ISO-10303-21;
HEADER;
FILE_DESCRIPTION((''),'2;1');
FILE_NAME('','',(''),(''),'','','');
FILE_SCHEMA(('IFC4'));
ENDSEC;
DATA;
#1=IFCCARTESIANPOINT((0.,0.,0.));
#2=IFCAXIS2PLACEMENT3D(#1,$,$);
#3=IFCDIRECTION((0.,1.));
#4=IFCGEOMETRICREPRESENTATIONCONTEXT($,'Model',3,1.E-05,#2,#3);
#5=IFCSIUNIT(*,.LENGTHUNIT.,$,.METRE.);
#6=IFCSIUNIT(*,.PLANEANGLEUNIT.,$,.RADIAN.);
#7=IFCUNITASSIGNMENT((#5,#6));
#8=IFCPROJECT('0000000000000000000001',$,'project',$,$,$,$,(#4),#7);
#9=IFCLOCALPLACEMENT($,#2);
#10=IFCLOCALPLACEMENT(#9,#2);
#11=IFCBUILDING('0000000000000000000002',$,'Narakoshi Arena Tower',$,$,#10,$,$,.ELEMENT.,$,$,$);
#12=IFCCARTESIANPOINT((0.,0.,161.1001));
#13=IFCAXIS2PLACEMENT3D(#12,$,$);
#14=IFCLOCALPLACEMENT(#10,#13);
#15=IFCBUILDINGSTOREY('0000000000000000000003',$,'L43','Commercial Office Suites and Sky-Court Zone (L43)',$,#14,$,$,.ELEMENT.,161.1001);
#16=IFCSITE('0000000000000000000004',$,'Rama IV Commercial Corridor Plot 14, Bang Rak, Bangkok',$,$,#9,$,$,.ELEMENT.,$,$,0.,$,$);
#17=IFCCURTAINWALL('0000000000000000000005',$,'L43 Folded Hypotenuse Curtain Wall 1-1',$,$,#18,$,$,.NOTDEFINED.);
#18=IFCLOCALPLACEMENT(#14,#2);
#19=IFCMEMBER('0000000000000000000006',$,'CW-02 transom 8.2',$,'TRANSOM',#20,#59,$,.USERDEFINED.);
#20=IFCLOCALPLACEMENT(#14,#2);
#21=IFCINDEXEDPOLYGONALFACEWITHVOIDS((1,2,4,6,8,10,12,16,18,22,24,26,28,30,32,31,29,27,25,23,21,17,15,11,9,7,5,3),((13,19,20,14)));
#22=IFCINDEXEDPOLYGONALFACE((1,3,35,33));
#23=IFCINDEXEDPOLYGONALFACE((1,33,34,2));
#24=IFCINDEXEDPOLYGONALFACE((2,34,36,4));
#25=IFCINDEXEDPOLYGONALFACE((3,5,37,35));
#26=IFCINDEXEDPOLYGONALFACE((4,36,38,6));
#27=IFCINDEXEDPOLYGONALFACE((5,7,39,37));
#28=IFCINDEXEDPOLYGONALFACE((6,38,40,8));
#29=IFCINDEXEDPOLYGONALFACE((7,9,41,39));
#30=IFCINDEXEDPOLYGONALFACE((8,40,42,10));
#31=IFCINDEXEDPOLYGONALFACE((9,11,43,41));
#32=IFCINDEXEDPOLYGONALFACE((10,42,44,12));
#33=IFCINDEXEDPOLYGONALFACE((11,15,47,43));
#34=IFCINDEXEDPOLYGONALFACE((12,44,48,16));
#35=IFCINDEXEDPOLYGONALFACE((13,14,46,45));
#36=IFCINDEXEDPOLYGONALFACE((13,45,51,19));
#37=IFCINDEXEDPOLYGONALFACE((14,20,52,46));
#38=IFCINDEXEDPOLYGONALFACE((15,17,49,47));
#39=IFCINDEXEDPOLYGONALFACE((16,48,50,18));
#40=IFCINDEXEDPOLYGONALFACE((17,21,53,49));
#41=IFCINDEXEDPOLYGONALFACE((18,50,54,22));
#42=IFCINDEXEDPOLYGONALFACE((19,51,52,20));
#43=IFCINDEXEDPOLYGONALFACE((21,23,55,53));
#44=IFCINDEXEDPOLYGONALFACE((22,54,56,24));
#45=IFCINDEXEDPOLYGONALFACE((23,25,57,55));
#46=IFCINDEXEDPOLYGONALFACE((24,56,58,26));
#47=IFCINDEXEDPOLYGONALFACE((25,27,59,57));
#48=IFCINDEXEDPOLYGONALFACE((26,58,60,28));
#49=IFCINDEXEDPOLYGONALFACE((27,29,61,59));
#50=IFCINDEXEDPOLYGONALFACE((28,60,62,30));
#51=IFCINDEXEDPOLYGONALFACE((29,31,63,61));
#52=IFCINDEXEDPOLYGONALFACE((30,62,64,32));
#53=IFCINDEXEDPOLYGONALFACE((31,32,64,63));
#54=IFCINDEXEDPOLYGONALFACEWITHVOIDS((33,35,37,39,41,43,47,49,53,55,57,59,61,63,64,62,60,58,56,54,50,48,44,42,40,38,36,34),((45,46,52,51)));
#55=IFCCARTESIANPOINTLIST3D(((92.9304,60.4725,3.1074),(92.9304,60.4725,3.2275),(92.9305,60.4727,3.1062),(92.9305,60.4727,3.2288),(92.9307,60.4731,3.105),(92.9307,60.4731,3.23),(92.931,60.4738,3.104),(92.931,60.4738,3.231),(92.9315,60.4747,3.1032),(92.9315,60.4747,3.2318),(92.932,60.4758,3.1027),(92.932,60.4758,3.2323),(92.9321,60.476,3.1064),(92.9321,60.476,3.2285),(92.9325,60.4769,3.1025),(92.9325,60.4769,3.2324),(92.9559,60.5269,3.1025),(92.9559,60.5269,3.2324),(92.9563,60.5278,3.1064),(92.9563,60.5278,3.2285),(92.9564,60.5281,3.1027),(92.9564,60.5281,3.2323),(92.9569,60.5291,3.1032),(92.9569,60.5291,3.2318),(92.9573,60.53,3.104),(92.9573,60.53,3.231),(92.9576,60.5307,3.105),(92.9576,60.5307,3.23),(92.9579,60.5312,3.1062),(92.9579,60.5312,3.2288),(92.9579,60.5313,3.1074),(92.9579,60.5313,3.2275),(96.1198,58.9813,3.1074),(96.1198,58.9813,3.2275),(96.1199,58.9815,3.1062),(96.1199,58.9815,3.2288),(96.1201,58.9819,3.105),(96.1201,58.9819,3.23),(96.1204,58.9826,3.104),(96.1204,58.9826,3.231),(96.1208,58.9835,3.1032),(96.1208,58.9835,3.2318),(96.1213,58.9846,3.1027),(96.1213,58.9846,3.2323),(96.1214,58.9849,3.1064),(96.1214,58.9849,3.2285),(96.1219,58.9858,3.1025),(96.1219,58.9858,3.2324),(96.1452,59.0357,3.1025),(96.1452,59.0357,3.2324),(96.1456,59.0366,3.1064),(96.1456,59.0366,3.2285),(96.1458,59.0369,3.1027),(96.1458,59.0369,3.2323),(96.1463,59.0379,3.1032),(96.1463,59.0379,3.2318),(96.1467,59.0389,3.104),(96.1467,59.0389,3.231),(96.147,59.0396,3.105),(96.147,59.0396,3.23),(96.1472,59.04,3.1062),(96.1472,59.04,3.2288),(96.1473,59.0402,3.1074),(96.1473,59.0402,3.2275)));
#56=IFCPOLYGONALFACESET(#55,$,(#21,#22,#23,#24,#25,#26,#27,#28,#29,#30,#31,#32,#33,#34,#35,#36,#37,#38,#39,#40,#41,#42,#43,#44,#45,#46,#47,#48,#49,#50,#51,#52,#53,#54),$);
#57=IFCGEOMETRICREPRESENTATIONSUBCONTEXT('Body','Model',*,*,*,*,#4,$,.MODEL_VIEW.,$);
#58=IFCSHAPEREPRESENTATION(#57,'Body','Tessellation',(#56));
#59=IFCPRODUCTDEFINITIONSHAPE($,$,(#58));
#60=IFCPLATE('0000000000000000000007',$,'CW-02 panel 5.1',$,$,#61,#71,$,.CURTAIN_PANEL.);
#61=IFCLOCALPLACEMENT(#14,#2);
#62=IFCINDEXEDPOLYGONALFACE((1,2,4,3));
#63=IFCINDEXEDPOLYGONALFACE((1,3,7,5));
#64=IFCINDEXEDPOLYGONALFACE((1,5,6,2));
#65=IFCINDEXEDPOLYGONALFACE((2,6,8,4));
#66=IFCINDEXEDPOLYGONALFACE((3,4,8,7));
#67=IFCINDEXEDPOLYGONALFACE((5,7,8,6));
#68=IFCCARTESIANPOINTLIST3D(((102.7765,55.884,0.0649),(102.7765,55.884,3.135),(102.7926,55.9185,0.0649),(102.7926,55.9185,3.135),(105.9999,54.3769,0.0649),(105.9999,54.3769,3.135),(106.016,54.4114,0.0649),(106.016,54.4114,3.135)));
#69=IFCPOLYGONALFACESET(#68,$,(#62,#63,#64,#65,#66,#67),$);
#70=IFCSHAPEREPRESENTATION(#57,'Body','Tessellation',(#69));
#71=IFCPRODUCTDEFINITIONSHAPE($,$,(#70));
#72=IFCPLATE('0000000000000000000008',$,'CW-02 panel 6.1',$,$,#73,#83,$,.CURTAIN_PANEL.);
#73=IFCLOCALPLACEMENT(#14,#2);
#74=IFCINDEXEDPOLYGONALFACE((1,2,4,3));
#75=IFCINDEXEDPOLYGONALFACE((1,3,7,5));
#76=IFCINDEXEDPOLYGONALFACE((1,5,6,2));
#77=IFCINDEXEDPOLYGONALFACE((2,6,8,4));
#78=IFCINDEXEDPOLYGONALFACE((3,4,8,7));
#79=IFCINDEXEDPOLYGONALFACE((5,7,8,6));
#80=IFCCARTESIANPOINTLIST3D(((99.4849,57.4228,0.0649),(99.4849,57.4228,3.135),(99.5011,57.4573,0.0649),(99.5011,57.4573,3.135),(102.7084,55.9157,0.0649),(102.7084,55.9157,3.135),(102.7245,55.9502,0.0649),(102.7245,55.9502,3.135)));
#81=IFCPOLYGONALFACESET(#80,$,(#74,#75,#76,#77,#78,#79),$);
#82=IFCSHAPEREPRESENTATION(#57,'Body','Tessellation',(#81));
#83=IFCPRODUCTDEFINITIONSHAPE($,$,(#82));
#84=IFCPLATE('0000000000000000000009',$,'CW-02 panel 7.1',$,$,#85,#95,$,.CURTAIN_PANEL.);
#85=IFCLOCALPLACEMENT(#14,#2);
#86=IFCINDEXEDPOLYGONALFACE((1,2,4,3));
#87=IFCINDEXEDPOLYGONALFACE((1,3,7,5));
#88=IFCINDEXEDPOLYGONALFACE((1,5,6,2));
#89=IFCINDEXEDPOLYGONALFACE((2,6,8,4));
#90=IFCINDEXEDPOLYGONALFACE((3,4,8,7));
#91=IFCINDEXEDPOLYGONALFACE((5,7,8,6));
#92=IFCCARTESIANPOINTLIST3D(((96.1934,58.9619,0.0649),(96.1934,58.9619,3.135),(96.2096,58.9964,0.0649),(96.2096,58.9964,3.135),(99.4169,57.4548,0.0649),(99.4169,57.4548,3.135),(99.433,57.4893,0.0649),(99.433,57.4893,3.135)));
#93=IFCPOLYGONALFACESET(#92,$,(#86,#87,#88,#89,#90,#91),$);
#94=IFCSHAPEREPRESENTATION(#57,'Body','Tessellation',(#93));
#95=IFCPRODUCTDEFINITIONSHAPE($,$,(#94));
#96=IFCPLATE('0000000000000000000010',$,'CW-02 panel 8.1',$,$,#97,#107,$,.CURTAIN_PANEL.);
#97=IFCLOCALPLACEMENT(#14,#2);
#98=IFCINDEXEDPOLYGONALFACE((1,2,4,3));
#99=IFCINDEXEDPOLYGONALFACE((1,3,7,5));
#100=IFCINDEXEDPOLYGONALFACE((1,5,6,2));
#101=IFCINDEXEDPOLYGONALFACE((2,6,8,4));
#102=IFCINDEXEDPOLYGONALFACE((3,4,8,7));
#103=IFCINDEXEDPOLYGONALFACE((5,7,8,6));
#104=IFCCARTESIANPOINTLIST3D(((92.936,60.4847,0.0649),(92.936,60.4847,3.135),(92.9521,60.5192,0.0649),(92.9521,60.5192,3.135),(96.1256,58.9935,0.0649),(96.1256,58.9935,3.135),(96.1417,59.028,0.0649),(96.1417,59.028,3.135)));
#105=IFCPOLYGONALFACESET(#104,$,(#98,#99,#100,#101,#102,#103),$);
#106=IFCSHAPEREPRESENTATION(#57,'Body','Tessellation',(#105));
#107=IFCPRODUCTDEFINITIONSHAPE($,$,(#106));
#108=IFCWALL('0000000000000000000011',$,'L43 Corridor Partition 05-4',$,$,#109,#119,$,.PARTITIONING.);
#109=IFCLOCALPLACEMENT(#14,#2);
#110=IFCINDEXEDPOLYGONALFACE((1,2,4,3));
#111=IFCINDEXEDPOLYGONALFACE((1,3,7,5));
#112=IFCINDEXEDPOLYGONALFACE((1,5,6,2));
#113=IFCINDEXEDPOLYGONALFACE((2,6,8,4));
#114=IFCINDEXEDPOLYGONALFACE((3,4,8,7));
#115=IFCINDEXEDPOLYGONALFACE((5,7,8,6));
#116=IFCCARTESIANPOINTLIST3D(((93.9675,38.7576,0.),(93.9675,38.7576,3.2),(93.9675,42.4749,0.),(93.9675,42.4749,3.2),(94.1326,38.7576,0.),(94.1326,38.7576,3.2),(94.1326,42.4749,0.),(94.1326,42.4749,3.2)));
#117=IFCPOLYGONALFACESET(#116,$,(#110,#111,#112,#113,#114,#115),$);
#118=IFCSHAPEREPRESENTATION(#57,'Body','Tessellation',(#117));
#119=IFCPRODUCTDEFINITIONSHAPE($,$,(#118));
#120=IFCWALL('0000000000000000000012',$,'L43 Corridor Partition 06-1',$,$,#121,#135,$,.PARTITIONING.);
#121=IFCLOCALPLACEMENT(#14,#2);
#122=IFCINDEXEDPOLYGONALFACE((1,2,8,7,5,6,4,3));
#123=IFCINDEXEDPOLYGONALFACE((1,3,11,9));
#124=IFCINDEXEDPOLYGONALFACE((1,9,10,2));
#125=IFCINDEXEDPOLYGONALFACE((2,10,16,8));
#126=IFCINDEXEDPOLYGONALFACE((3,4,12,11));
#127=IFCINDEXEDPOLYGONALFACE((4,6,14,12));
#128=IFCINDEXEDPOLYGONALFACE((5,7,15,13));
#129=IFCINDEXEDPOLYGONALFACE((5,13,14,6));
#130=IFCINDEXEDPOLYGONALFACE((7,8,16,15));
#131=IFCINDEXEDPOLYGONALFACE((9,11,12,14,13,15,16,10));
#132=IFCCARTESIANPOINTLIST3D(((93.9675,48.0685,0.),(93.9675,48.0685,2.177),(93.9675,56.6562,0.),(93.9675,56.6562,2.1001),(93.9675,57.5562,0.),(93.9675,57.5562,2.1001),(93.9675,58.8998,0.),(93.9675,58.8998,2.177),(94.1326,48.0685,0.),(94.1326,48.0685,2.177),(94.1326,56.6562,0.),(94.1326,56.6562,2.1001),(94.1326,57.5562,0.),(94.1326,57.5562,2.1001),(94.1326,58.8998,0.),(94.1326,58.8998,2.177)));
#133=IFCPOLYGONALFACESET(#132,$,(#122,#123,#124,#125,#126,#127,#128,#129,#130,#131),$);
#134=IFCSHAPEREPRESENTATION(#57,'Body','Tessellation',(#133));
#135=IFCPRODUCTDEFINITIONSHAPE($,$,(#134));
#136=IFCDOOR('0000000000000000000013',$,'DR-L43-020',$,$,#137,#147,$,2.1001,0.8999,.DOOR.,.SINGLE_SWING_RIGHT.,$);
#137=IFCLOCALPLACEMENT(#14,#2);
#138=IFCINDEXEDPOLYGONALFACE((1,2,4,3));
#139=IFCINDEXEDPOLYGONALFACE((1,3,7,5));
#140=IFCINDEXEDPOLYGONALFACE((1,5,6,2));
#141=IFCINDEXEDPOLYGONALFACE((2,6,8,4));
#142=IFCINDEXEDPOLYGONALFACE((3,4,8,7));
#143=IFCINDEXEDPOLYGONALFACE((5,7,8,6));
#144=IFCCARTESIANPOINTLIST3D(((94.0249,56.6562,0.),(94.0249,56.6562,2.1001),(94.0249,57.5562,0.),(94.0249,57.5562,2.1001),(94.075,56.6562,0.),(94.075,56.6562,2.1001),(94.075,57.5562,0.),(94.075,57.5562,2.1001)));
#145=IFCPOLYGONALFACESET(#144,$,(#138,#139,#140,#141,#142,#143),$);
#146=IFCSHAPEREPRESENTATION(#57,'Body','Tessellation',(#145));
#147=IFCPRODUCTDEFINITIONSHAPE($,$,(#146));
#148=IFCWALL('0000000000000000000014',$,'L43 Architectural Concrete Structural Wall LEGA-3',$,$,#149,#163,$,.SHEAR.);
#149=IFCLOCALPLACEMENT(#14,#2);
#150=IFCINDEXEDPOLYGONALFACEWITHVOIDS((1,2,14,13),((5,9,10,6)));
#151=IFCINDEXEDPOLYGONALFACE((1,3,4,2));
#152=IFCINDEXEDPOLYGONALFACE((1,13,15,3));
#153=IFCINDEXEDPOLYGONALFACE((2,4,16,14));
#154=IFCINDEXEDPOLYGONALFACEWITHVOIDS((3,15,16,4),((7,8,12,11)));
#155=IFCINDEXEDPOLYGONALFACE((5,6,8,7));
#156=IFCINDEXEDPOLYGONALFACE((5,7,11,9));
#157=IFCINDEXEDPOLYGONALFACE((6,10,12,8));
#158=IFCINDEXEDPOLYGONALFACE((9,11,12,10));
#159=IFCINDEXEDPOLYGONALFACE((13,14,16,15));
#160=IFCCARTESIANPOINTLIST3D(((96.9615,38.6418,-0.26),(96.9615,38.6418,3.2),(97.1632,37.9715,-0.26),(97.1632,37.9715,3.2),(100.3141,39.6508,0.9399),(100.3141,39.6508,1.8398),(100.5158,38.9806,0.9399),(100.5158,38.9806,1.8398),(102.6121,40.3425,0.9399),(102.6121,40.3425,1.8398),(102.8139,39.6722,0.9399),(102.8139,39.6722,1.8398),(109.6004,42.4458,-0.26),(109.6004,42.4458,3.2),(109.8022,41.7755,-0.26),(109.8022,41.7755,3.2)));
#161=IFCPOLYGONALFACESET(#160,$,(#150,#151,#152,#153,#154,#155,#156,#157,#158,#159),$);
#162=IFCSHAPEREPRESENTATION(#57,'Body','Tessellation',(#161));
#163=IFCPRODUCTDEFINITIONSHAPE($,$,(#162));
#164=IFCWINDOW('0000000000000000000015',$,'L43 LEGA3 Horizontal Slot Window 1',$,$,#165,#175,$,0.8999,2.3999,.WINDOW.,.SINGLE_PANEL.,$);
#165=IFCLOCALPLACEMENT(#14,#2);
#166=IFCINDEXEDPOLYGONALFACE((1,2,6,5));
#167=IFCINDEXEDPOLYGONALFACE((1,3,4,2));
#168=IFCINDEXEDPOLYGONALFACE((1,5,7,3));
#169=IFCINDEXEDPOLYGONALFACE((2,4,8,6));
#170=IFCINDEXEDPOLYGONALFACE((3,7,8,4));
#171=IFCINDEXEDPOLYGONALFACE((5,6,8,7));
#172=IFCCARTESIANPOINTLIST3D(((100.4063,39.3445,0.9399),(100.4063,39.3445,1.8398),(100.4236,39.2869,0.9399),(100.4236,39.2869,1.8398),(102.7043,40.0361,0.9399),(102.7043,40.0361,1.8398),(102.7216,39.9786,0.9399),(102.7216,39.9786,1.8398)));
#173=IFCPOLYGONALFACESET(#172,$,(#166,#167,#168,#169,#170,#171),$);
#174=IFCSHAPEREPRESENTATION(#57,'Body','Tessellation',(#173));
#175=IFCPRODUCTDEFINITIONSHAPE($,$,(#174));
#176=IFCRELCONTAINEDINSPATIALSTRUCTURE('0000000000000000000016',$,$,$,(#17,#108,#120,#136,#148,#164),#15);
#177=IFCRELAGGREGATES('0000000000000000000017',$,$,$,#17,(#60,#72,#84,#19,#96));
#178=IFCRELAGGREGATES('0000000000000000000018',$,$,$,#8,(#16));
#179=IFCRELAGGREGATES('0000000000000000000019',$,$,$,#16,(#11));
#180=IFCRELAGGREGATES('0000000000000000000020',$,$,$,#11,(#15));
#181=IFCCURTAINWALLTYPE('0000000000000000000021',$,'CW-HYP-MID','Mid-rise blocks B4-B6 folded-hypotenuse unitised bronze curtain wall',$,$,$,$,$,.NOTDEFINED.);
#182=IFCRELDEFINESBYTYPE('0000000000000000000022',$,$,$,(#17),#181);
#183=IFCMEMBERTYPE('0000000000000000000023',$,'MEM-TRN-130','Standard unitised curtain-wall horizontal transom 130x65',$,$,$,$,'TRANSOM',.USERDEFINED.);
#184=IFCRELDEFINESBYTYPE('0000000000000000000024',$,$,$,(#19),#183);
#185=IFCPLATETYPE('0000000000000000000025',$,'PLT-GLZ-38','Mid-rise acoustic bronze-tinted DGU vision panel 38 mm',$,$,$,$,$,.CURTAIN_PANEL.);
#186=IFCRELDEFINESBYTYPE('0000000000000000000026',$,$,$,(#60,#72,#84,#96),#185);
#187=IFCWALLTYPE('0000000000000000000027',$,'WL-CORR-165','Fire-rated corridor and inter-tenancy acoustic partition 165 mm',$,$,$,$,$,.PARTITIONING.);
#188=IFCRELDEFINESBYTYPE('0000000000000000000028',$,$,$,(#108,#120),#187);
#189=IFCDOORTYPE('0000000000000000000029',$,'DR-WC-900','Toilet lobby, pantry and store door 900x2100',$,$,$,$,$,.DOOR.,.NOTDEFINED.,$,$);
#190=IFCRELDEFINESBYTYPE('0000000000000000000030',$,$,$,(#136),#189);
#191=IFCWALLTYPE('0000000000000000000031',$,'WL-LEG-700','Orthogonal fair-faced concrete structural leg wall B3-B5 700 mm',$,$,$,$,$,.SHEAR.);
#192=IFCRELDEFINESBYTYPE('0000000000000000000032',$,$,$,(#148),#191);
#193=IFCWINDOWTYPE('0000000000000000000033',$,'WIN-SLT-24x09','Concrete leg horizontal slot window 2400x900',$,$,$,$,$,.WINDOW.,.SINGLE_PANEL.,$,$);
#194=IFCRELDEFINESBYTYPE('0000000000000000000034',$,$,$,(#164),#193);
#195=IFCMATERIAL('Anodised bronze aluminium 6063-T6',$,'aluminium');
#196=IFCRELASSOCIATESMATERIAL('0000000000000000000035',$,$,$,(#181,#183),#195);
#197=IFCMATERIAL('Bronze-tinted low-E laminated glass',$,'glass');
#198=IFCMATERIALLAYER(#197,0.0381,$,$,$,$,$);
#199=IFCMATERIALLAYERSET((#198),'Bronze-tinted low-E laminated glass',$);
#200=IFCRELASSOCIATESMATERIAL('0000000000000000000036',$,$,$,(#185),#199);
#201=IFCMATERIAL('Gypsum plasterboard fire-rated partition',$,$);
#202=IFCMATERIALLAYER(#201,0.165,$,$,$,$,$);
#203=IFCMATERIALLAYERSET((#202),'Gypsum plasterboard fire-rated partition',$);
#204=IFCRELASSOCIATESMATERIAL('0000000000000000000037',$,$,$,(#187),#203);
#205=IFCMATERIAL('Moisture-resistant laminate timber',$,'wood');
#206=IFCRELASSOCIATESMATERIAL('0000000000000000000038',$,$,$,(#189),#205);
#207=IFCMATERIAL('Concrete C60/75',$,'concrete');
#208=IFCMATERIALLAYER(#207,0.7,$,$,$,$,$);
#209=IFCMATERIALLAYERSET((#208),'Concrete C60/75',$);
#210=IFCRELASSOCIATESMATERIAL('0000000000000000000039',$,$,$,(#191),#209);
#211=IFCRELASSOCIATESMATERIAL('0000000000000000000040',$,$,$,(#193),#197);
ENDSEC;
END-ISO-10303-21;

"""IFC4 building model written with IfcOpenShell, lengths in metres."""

from ifc_helpers import new_model, si_unit, direction, frame, frame_2d, origin, origin_2d, place, context, subcontext, project, spatial, rectangle, hollow_rectangle, extrude, material, layer, layer_set, material_profile, profile_set, type_object, element, fill, aggregate, save


model = new_model("IFC4")

# Units and contexts
model_context = context("Model", 3, precision=1e-05, world=origin(), true_north=direction((0.0, 1.0)))
body_context = subcontext(model_context, "Body", "Model", "MODEL_VIEW")
ifc_project = project(units=[si_unit("LENGTHUNIT", "METRE"), si_unit("PLANEANGLEUNIT", "RADIAN")], contexts=[model_context])

# Site, building, storey
site_placement = place(None, origin())
site = spatial("IfcSite", under=ifc_project, at=site_placement, Name="Rama IV Commercial Corridor Plot 14, Bang Rak, Bangkok", CompositionType="ELEMENT", RefElevation=0.0)
building_placement = place(site_placement, origin())
building = spatial("IfcBuilding", under=site, at=building_placement, Name="Narakoshi Arena Tower", CompositionType="ELEMENT")
storey_placement = place(building_placement, frame((0.0, 0.0, 161.1001)))
storey = spatial("IfcBuildingStorey", under=building, at=storey_placement, Name="L43", Description="Commercial Office Suites and Sky-Court Zone (L43)", CompositionType="ELEMENT", Elevation=161.1001)

# Shared definitions
ifc_material_1 = material(Name="Concrete C60/75", Category="concrete")

# Curtain wall, member, plates
ifc_material_2 = material(Name="Anodised bronze aluminium 6063-T6", Category="aluminium")
curtain_wall_type = type_object("IfcCurtainWallType", Name="CW-HYP-MID", Description="Mid-rise blocks B4-B6 folded-hypotenuse unitised bronze curtain wall", PredefinedType="NOTDEFINED", material=ifc_material_2)
curtain_wall_placement = place(storey_placement, origin())
curtain_wall = element("IfcCurtainWall", 1, at=curtain_wall_placement, inside=storey, type_object=curtain_wall_type, Name="L43 Folded Hypotenuse Curtain Wall 1-1", PredefinedType="NOTDEFINED")
ifc_material_profile_1 = material_profile(ifc_material_2, hollow_rectangle(XDim=0.0649, YDim=0.1299, WallThickness=0.0039, OuterFilletRadius=0.0049, at=origin_2d()), Name="TRN130x65x4")
ifc_profile_set_1 = profile_set([ifc_material_profile_1], Name="Anodised bronze aluminium 6063-T6")
member_type_1 = type_object("IfcMemberType", Name="MEM-TRN-130", Description="Standard unitised curtain-wall horizontal transom 130x65", ElementType="TRANSOM", PredefinedType="USERDEFINED", material=ifc_profile_set_1)
member_1_placement = place(storey_placement, frame((96.1335, 59.0107, 3.1675), z_axis=(-0.905878, 0.423538, 0.0), x_axis=(-0.423538, -0.905878, 0.0)))
member_1 = element("IfcMember", 2, at=member_1_placement, type_object=member_type_1, Name="CW-02 transom 8.2", ObjectType="TRANSOM", PredefinedType="USERDEFINED", context=body_context, shape_type="SweptSolid", body=[
    extrude(hollow_rectangle(XDim=0.0649, YDim=0.1299, WallThickness=0.0039, OuterFilletRadius=0.0049, at=origin_2d()), origin(), (0.0, 0.0, 1.0), 3.5208),
])
ifc_material_3 = material(Name="Bronze-tinted low-E laminated glass", Category="glass")
ifc_layer_1 = layer(ifc_material_3, 0.0381)
ifc_layer_set_1 = layer_set([ifc_layer_1], Name="Bronze-tinted low-E laminated glass")
plate_type = type_object("IfcPlateType", Name="PLT-GLZ-38", Description="Mid-rise acoustic bronze-tinted DGU vision panel 38 mm", PredefinedType="CURTAIN_PANEL", material=ifc_layer_set_1)
plate_1_placement = place(storey_placement, frame((104.3962, 55.1477, 0.0649), z_axis=(0.0, 0.0, 1.0), x_axis=(-0.905881, 0.423532, 0.0)))
plate_1 = element("IfcPlate", 3, at=plate_1_placement, type_object=plate_type, Name="CW-02 panel 5.1", PredefinedType="CURTAIN_PANEL", context=body_context, shape_type="SweptSolid", body=[
    extrude(rectangle(XDim=3.5583, YDim=0.0381, at=origin_2d()), origin(), (0.0, 0.0, 1.0), 3.0701),
])
plate_2_placement = place(storey_placement, frame((101.1047, 56.6865, 0.0649), z_axis=(0.0, 0.0, 1.0), x_axis=(-0.905881, 0.423532, 0.0)))
plate_2 = element("IfcPlate", 4, at=plate_2_placement, type_object=plate_type, Name="CW-02 panel 6.1", PredefinedType="CURTAIN_PANEL", context=body_context, shape_type="SweptSolid", body=[
    extrude(rectangle(XDim=3.5583, YDim=0.0381, at=origin_2d()), origin(), (0.0, 0.0, 1.0), 3.0701),
])
plate_3_placement = place(storey_placement, frame((97.8132, 58.2256, 0.0649), z_axis=(0.0, 0.0, 1.0), x_axis=(-0.905881, 0.423532, 0.0)))
plate_3 = element("IfcPlate", 5, at=plate_3_placement, type_object=plate_type, Name="CW-02 panel 7.1", PredefinedType="CURTAIN_PANEL", context=body_context, shape_type="SweptSolid", body=[
    extrude(rectangle(XDim=3.5583, YDim=0.0381, at=origin_2d()), origin(), (0.0, 0.0, 1.0), 3.0701),
])
plate_4_placement = place(storey_placement, frame((94.5388, 59.7563, 0.0649), z_axis=(0.0, 0.0, 1.0), x_axis=(-0.905881, 0.423532, 0.0)))
plate_4 = element("IfcPlate", 6, at=plate_4_placement, type_object=plate_type, Name="CW-02 panel 8.1", PredefinedType="CURTAIN_PANEL", context=body_context, shape_type="SweptSolid", body=[
    extrude(rectangle(XDim=3.521, YDim=0.0381, at=origin_2d()), origin(), (0.0, 0.0, 1.0), 3.0701),
])
aggregate(curtain_wall, [plate_1, plate_2, plate_3, member_1, plate_4])

# Wall
ifc_material_4 = material(Name="Gypsum plasterboard fire-rated partition")
ifc_layer_2 = layer(ifc_material_4, 0.165)
ifc_layer_set_2 = layer_set([ifc_layer_2], Name="Gypsum plasterboard fire-rated partition")
wall_type_1 = type_object("IfcWallType", Name="WL-CORR-165", Description="Fire-rated corridor and inter-tenancy acoustic partition 165 mm", PredefinedType="PARTITIONING", material=ifc_layer_set_2)
wall_1_placement = place(storey_placement, frame((94.05, 38.7576, 0.0), z_axis=(0.0, 0.0, 1.0), x_axis=(0.0, 1.0, 0.0)))
element("IfcWall", 7, at=wall_1_placement, inside=storey, type_object=wall_type_1, Name="L43 Corridor Partition 05-4", PredefinedType="PARTITIONING", context=body_context, shape_type="SweptSolid", body=[
    extrude(rectangle(XDim=3.7173, YDim=0.165, at=frame_2d((1.8586, 0.0))), origin(), (0.0, 0.0, 1.0), 3.2),
])

# Wall, opening, door
wall_2_placement = place(storey_placement, frame((94.05, 48.0686, 0.0), z_axis=(0.0, 0.0, 1.0), x_axis=(0.0, 1.0, 0.0)))
wall_2 = element("IfcWall", 8, at=wall_2_placement, inside=storey, type_object=wall_type_1, Name="L43 Corridor Partition 06-1", PredefinedType="PARTITIONING", context=body_context, shape_type="SweptSolid", body=[
    extrude(rectangle(XDim=10.8313, YDim=0.165, at=frame_2d((5.4155, 0.0))), origin(), (0.0, 0.0, 1.0), 2.177),
])
opening_1_placement = place(wall_2_placement, frame((8.5876, 0.0, 0.0)))
opening_1 = element("IfcOpeningElement", 9, at=opening_1_placement, cuts=wall_2, PredefinedType="OPENING", context=body_context, shape_type="SweptSolid", body=[
    extrude(rectangle(XDim=0.8999, YDim=2.1001, at=frame_2d((0.45, 1.05))), frame((0.0, 0.0925, 0.0), z_axis=(0.0, -1.0, 0.0), x_axis=(1.0, 0.0, 0.0)), (0.0, 0.0, 1.0), 0.1851),
])
ifc_material_5 = material(Name="Moisture-resistant laminate timber", Category="wood")
door_type = type_object("IfcDoorType", Name="DR-WC-900", Description="Toilet lobby, pantry and store door 900x2100", OperationType="NOTDEFINED", PredefinedType="DOOR", material=ifc_material_5)
door_placement = place(opening_1_placement, frame((0.8999, 0.0, 0.0), z_axis=(0.0, 0.0, 1.0), x_axis=(-1.0, 0.0, 0.0)))
door = element("IfcDoor", 10, at=door_placement, inside=storey, type_object=door_type, Name="DR-L43-020", OperationType="SINGLE_SWING_RIGHT", OverallHeight=2.1001, OverallWidth=0.8999, PredefinedType="DOOR", context=body_context, shape_type="SweptSolid", body=[
    extrude(rectangle(XDim=0.8999, YDim=2.1001, at=frame_2d((0.45, 1.05))), frame((0.0, 0.0249, 0.0), z_axis=(0.0, -1.0, 0.0), x_axis=(1.0, 0.0, 0.0)), (0.0, 0.0, 1.0), 0.05),
])
fill(opening_1, door)

# Wall, opening, window
ifc_layer_3 = layer(ifc_material_1, 0.7)
ifc_layer_set_3 = layer_set([ifc_layer_3], Name="Concrete C60/75")
wall_type_2 = type_object("IfcWallType", Name="WL-LEG-700", Description="Orthogonal fair-faced concrete structural leg wall B3-B5 700 mm", PredefinedType="SHEAR", material=ifc_layer_set_3)
wall_3_placement = place(storey_placement, frame((97.0623, 38.3066, -0.26), z_axis=(0.0, 0.0, 1.0), x_axis=(0.95757, 0.288201, 0.0)))
wall_3 = element("IfcWall", 11, at=wall_3_placement, inside=storey, type_object=wall_type_2, Name="L43 Architectural Concrete Structural Wall LEGA-3", PredefinedType="SHEAR", context=body_context, shape_type="SweptSolid", body=[
    extrude(rectangle(XDim=13.199, YDim=0.7, at=frame_2d((6.5996, 0.0))), origin(), (0.0, 0.0, 1.0), 3.46),
])
opening_2_placement = place(wall_3_placement, frame((3.5012, 0.0, 1.2)))
opening_2 = element("IfcOpeningElement", 12, at=opening_2_placement, cuts=wall_3, PredefinedType="OPENING", context=body_context, shape_type="SweptSolid", body=[
    extrude(rectangle(XDim=2.3999, YDim=0.8999, at=frame_2d((1.2, 0.45))), frame((0.0, 0.3599, 0.0), z_axis=(0.0, -1.0, 0.0), x_axis=(1.0, 0.0, 0.0)), (0.0, 0.0, 1.0), 0.72),
])
window_type = type_object("IfcWindowType", Name="WIN-SLT-24x09", Description="Concrete leg horizontal slot window 2400x900", PartitioningType="SINGLE_PANEL", PredefinedType="WINDOW", material=ifc_material_3)
window_placement = place(opening_2_placement, origin())
window = element("IfcWindow", 13, at=window_placement, inside=storey, type_object=window_type, Name="L43 LEGA3 Horizontal Slot Window 1", OverallHeight=0.8999, OverallWidth=2.3999, PartitioningType="SINGLE_PANEL", PredefinedType="WINDOW", context=body_context, shape_type="SweptSolid", body=[
    extrude(rectangle(XDim=2.3999, YDim=0.8999, at=frame_2d((1.2, 0.45))), frame((0.0, 0.03, 0.0), z_axis=(0.0, -1.0, 0.0), x_axis=(1.0, 0.0, 0.0)), (0.0, 0.0, 1.0), 0.0601),
])
fill(opening_2, window)

save(model, "model.ifc")
